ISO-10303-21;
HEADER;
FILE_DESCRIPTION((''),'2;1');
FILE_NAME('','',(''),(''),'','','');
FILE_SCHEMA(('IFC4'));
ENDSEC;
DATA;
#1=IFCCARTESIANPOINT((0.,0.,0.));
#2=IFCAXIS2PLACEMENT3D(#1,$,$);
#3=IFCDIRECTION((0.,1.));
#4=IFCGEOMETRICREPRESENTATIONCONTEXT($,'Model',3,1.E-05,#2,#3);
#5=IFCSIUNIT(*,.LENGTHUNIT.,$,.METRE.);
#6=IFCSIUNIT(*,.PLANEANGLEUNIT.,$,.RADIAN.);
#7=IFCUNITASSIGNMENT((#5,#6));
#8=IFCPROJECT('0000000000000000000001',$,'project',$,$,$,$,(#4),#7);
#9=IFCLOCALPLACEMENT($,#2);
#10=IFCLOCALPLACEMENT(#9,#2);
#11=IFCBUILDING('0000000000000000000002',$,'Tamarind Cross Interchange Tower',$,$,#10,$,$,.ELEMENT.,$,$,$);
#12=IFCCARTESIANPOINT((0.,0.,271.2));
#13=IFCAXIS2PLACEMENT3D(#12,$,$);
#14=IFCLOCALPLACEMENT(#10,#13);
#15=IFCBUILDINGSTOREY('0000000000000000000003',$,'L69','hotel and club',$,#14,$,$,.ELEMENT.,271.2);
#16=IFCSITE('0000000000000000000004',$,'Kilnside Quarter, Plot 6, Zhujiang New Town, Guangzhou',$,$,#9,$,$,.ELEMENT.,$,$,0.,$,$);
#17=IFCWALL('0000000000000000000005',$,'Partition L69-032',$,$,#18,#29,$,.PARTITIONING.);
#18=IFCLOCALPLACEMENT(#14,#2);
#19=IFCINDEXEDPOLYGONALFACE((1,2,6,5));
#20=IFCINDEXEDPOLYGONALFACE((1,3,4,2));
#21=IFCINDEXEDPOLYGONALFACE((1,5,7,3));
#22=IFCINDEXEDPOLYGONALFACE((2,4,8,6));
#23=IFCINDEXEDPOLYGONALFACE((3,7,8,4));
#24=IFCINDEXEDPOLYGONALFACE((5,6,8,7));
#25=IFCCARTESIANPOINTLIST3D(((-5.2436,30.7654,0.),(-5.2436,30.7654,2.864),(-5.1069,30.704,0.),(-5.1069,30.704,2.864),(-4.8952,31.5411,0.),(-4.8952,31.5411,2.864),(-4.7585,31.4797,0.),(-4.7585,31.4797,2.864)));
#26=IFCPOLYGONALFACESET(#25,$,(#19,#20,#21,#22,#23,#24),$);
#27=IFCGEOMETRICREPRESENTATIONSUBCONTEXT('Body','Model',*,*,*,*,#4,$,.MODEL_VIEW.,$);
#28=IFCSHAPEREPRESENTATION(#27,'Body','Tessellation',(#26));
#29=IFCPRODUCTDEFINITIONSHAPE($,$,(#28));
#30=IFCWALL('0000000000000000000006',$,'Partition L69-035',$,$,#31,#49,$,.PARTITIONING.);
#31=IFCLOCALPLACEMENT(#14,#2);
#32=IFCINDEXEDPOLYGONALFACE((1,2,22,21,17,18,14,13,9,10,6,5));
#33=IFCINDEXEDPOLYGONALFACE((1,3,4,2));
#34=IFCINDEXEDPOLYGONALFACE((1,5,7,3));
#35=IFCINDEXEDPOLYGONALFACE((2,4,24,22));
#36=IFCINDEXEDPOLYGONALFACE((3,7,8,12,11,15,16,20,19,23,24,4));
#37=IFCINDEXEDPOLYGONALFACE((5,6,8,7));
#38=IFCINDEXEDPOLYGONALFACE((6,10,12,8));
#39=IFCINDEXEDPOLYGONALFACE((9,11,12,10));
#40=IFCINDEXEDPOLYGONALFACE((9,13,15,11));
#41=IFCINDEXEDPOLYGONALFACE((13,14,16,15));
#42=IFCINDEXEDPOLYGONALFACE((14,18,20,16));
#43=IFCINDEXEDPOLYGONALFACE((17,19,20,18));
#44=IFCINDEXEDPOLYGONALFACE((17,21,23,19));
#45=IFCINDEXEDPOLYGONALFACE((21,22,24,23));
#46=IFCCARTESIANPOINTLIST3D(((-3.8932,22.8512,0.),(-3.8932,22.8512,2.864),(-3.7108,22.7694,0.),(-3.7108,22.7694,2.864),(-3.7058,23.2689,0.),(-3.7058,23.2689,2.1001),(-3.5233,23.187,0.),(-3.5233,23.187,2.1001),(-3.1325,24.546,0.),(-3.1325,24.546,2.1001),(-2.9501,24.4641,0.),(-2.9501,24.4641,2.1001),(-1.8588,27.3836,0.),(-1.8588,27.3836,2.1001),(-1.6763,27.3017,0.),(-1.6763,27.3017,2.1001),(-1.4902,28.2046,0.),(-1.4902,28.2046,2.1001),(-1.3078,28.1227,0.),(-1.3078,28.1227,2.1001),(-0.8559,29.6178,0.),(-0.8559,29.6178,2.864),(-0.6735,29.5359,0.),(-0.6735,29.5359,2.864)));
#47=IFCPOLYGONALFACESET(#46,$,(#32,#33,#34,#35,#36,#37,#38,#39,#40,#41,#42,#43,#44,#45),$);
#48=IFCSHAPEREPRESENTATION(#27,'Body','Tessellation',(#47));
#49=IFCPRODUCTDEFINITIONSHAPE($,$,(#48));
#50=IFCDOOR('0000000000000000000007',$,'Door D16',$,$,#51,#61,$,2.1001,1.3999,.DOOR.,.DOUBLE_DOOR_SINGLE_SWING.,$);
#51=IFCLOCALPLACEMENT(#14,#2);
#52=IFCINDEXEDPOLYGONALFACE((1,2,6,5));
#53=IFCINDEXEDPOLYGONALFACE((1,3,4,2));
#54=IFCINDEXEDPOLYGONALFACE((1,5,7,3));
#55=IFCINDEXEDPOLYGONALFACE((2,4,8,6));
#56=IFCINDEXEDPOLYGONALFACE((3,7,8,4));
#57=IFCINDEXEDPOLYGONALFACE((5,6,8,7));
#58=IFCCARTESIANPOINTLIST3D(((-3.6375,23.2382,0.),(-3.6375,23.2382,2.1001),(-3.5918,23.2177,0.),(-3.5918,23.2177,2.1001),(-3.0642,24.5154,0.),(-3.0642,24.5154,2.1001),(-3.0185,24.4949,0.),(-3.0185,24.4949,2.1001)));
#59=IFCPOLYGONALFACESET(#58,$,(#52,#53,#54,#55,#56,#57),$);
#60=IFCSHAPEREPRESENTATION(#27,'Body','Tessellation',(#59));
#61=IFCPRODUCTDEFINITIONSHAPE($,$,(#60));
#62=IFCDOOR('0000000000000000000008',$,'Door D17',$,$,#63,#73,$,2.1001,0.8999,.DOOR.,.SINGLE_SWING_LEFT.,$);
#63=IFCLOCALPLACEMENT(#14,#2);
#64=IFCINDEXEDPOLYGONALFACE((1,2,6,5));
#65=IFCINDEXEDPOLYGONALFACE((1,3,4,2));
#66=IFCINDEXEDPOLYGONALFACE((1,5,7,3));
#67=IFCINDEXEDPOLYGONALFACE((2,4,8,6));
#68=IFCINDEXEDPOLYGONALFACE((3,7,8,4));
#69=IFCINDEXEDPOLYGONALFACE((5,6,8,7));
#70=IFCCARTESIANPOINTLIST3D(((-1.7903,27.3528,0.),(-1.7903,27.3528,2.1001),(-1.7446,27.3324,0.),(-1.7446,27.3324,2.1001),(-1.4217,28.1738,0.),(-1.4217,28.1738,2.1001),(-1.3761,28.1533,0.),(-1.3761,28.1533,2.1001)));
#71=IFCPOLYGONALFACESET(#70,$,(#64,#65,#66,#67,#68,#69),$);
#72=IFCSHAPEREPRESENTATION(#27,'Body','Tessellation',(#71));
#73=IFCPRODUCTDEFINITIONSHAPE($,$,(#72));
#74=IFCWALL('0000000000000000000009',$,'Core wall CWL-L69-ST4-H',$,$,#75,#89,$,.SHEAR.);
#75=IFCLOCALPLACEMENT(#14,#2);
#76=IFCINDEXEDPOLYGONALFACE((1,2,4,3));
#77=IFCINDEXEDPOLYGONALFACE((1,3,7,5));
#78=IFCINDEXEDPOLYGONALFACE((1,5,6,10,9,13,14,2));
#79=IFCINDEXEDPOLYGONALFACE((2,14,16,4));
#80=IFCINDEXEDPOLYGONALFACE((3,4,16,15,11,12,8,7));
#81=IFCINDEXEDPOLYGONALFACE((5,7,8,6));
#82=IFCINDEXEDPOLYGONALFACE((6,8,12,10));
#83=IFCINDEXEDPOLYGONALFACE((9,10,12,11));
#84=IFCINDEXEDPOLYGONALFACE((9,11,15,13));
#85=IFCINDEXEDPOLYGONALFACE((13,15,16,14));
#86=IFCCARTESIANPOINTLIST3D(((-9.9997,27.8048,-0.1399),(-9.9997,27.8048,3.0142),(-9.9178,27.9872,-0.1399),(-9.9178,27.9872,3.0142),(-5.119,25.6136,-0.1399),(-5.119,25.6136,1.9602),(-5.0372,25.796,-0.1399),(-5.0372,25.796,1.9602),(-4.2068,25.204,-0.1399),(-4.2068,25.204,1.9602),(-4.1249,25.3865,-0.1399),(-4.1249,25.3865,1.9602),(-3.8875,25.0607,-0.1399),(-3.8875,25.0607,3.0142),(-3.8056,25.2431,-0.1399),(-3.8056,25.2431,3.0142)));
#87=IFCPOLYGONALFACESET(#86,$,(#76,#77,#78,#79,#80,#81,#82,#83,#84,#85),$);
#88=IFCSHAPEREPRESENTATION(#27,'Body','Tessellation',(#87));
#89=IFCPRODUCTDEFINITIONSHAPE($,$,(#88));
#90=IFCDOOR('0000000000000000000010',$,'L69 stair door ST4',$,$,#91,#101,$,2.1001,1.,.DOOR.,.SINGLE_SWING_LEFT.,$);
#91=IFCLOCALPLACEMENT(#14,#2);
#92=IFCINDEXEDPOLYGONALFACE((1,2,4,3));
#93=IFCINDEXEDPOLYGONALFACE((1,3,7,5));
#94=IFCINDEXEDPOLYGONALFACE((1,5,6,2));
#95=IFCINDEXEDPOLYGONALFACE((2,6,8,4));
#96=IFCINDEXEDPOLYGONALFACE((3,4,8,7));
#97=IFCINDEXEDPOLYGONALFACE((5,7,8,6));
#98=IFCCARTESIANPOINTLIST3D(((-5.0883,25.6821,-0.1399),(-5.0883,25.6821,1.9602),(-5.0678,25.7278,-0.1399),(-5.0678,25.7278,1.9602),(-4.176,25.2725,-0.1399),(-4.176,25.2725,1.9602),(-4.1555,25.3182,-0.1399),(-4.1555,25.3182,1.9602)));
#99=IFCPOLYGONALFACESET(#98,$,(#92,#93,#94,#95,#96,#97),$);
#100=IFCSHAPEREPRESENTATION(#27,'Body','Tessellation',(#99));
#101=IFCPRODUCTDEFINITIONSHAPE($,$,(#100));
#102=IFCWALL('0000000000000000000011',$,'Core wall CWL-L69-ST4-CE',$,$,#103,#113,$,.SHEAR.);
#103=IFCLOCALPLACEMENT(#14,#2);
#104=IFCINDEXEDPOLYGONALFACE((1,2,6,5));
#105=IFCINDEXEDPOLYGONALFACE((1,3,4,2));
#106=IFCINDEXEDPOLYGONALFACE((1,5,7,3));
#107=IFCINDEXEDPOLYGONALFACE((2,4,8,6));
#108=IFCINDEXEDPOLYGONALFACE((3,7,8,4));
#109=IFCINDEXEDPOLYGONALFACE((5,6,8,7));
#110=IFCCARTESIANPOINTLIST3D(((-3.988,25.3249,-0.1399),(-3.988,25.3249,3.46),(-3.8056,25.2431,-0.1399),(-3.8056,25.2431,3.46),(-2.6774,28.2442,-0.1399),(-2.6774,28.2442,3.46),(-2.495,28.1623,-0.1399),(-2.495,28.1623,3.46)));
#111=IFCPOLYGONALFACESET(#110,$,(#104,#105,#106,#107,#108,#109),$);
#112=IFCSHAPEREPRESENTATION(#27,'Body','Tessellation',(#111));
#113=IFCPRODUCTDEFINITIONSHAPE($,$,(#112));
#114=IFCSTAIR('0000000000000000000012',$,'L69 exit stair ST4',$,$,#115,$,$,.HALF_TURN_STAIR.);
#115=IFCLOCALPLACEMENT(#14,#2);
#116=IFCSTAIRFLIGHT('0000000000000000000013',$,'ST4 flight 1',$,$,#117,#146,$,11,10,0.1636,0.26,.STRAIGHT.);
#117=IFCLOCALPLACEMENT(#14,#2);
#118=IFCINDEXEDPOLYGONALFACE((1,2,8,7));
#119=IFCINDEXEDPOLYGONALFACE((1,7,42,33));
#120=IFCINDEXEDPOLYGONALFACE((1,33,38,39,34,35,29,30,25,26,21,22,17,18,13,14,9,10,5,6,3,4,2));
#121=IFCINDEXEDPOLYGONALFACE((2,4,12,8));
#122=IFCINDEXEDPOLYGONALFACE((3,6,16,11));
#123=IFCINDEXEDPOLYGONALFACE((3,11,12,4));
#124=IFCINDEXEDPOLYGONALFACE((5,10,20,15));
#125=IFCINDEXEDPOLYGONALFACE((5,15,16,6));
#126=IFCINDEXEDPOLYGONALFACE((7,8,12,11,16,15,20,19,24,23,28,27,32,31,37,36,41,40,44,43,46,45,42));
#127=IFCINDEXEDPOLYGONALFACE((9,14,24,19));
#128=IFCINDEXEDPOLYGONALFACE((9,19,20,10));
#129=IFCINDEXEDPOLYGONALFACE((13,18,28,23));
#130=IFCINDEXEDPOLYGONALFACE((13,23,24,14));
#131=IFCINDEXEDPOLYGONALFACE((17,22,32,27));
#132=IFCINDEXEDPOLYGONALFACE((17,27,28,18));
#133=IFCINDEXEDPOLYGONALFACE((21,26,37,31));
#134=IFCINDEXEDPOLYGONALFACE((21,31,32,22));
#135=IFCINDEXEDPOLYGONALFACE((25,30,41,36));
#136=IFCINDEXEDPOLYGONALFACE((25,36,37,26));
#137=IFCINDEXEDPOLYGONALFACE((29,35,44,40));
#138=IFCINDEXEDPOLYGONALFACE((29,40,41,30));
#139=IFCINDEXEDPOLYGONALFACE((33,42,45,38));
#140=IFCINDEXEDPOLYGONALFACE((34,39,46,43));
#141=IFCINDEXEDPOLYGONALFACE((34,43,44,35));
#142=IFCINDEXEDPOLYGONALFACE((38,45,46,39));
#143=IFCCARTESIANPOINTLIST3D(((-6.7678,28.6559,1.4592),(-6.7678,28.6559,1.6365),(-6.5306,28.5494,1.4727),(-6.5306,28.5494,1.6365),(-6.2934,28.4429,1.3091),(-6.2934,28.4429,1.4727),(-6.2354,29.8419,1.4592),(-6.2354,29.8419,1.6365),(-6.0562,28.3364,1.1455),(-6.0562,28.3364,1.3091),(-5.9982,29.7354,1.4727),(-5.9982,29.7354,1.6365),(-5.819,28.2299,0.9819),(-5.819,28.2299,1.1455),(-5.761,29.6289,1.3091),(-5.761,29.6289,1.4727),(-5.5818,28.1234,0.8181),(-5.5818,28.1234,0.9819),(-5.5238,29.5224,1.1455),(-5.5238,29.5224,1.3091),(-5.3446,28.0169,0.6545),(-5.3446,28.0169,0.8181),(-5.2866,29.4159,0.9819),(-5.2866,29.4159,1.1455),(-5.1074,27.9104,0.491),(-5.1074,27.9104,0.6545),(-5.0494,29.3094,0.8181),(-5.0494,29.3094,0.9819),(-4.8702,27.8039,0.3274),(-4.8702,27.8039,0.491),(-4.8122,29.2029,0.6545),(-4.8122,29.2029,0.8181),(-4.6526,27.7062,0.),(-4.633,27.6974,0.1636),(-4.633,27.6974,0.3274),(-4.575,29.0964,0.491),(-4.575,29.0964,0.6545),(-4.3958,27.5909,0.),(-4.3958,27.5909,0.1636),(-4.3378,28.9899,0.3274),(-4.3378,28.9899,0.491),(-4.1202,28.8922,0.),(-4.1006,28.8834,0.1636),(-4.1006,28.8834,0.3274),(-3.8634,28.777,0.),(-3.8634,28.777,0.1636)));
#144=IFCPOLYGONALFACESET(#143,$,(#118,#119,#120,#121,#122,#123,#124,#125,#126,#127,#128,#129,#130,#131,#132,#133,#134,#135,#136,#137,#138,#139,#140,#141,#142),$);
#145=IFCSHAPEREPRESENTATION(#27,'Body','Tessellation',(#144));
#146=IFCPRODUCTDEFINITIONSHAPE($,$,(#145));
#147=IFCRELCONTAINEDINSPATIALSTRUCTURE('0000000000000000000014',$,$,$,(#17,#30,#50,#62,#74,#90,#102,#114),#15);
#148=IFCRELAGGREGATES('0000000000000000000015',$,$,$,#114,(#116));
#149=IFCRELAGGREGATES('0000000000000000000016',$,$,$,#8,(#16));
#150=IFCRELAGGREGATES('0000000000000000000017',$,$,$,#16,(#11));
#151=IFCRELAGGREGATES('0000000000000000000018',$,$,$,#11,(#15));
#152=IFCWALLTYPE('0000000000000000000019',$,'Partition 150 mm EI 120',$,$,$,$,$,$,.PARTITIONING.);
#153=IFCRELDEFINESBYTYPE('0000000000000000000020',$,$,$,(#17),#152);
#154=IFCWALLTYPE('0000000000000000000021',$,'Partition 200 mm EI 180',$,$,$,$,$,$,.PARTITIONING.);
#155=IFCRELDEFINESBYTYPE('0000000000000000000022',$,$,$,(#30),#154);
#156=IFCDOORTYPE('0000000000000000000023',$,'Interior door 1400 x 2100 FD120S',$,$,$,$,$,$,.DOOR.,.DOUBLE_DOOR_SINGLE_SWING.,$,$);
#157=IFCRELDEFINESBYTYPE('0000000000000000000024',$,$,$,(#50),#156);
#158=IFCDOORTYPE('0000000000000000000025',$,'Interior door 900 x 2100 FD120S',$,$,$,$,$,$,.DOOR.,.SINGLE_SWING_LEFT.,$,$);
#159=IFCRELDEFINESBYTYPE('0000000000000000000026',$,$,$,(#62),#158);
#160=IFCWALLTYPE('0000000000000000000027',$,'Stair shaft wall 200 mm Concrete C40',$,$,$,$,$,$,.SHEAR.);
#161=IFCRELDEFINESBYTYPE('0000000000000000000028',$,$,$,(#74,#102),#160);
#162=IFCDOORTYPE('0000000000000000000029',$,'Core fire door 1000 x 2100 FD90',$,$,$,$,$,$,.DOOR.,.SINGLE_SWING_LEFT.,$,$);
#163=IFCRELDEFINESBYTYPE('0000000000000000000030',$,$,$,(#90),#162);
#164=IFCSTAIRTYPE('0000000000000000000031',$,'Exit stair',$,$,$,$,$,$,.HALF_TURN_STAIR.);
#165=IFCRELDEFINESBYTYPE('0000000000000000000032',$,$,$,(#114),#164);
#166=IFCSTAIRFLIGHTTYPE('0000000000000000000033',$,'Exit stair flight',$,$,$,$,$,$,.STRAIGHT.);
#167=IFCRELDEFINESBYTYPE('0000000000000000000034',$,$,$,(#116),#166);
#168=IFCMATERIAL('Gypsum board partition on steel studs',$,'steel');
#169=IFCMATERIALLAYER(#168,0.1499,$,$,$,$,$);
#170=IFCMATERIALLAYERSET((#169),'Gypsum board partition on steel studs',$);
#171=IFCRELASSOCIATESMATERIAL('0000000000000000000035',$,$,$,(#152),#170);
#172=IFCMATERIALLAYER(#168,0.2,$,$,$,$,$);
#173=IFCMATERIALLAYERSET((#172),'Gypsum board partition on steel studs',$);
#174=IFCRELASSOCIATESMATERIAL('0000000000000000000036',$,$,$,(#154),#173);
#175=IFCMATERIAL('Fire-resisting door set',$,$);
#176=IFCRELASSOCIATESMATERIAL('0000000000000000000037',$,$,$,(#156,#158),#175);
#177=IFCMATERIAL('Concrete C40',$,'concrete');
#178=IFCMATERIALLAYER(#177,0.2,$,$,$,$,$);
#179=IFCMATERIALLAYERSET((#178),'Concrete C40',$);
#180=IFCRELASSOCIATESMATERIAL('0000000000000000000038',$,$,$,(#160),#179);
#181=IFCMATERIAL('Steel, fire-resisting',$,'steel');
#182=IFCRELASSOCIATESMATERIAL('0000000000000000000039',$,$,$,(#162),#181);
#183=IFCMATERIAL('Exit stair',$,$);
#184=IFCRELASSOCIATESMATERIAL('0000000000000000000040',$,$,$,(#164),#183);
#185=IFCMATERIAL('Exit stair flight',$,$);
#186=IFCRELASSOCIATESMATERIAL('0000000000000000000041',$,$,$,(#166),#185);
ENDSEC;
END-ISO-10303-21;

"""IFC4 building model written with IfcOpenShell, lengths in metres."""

from ifc_helpers import new_model, si_unit, direction, frame, frame_2d, origin, place, context, subcontext, project, spatial, polyline, rectangle, outline, extrude, material, layer, layer_set, type_object, element, fill, aggregate, save


model = new_model("IFC4")

# Units and contexts
model_context = context("Model", 3, precision=1e-05, world=origin(), true_north=direction((0.0, 1.0)))
body_context = subcontext(model_context, "Body", "Model", "MODEL_VIEW")
ifc_project = project(units=[si_unit("LENGTHUNIT", "METRE"), si_unit("PLANEANGLEUNIT", "RADIAN")], contexts=[model_context])

# Site, building, storey
site_placement = place(None, origin())
site = spatial("IfcSite", under=ifc_project, at=site_placement, Name="Kilnside Quarter, Plot 6, Zhujiang New Town, Guangzhou", CompositionType="ELEMENT", RefElevation=0.0)
building_placement = place(site_placement, origin())
building = spatial("IfcBuilding", under=site, at=building_placement, Name="Tamarind Cross Interchange Tower", CompositionType="ELEMENT")
storey_placement = place(building_placement, frame((0.0, 0.0, 271.2)))
storey = spatial("IfcBuildingStorey", under=building, at=storey_placement, Name="L69", Description="hotel and club", CompositionType="ELEMENT", Elevation=271.2)

# Shared definitions
ifc_material_1 = material(Name="Gypsum board partition on steel studs", Category="steel")
ifc_layer_1 = layer(ifc_material_1, 0.1499)
ifc_layer_set_1 = layer_set([ifc_layer_1], Name="Gypsum board partition on steel studs")
wall_type_1 = type_object("IfcWallType", Name="Partition 150 mm EI 120", PredefinedType="PARTITIONING", material=ifc_layer_set_1)
ifc_material_2 = material(Name="Fire-resisting door set")

# Wall
wall_1_placement = place(storey_placement, frame((-5.1753, 30.7346, 0.0), z_axis=(0.0, 0.0, 1.0), x_axis=(0.409732, 0.912206, 0.0)))
element("IfcWall", 1, at=wall_1_placement, inside=storey, type_object=wall_type_1, Name="Partition L69-032", PredefinedType="PARTITIONING", context=body_context, shape_type="SweptSolid", body=[
    extrude(rectangle(XDim=0.8503, YDim=0.1499, at=frame_2d((0.4253, 0.0))), origin(), (0.0, 0.0, 1.0), 2.864),
])

# Wall, openings, doors
ifc_layer_2 = layer(ifc_material_1, 0.2)
ifc_layer_set_2 = layer_set([ifc_layer_2], Name="Gypsum board partition on steel studs")
wall_type_2 = type_object("IfcWallType", Name="Partition 200 mm EI 180", PredefinedType="PARTITIONING", material=ifc_layer_set_2)
wall_2_placement = place(storey_placement, frame((-3.802, 22.8103, 0.0), z_axis=(0.0, 0.0, 1.0), x_axis=(0.40951, 0.912305, 0.0)))
wall_2 = element("IfcWall", 2, at=wall_2_placement, inside=storey, type_object=wall_type_2, Name="Partition L69-035", PredefinedType="PARTITIONING", context=body_context, shape_type="SweptSolid", body=[
    extrude(rectangle(XDim=7.417, YDim=0.2, at=frame_2d((3.7085, 0.0))), origin(), (0.0, 0.0, 1.0), 2.864),
])
opening_1_placement = place(wall_2_placement, frame((0.4578, 0.0, 0.0)))
opening_1 = element("IfcOpeningElement", 3, at=opening_1_placement, cuts=wall_2, PredefinedType="OPENING", context=body_context, shape_type="SweptSolid", body=[
    extrude(rectangle(XDim=1.3999, YDim=2.1001, at=frame_2d((0.7, 1.05))), frame((0.0, 0.1099, 0.0), z_axis=(0.0, -1.0, 0.0), x_axis=(1.0, 0.0, 0.0)), (0.0, 0.0, 1.0), 0.22),
])
opening_2_placement = place(wall_2_placement, frame((4.968, 0.0, 0.0)))
opening_2 = element("IfcOpeningElement", 4, at=opening_2_placement, cuts=wall_2, PredefinedType="OPENING", context=body_context, shape_type="SweptSolid", body=[
    extrude(rectangle(XDim=0.8999, YDim=2.1001, at=frame_2d((0.45, 1.05))), frame((0.0, 0.1099, 0.0), z_axis=(0.0, -1.0, 0.0), x_axis=(1.0, 0.0, 0.0)), (0.0, 0.0, 1.0), 0.22),
])
door_type_1 = type_object("IfcDoorType", Name="Interior door 1400 x 2100 FD120S", OperationType="DOUBLE_DOOR_SINGLE_SWING", PredefinedType="DOOR", material=ifc_material_2)
door_1_placement = place(opening_1_placement, frame((1.3999, 0.0, 0.0), z_axis=(0.0, 0.0, 1.0), x_axis=(-1.0, 0.0, 0.0)))
door_1 = element("IfcDoor", 5, at=door_1_placement, inside=storey, type_object=door_type_1, Name="Door D16", OperationType="DOUBLE_DOOR_SINGLE_SWING", OverallHeight=2.1001, OverallWidth=1.3999, PredefinedType="DOOR", context=body_context, shape_type="SweptSolid", body=[
    extrude(rectangle(XDim=1.3999, YDim=2.1001, at=frame_2d((0.7, 1.05))), frame((0.0, 0.0249, 0.0), z_axis=(0.0, -1.0, 0.0), x_axis=(1.0, 0.0, 0.0)), (0.0, 0.0, 1.0), 0.05),
])
fill(opening_1, door_1)
door_type_2 = type_object("IfcDoorType", Name="Interior door 900 x 2100 FD120S", OperationType="SINGLE_SWING_LEFT", PredefinedType="DOOR", material=ifc_material_2)
door_2_placement = place(opening_2_placement, origin())
door_2 = element("IfcDoor", 6, at=door_2_placement, inside=storey, type_object=door_type_2, Name="Door D17", OperationType="SINGLE_SWING_LEFT", OverallHeight=2.1001, OverallWidth=0.8999, PredefinedType="DOOR", context=body_context, shape_type="SweptSolid", body=[
    extrude(rectangle(XDim=0.8999, YDim=2.1001, at=frame_2d((0.45, 1.05))), frame((0.0, 0.0249, 0.0), z_axis=(0.0, -1.0, 0.0), x_axis=(1.0, 0.0, 0.0)), (0.0, 0.0, 1.0), 0.05),
])
fill(opening_2, door_2)

# Wall, opening, door
ifc_material_3 = material(Name="Concrete C40", Category="concrete")
ifc_layer_3 = layer(ifc_material_3, 0.2)
ifc_layer_set_3 = layer_set([ifc_layer_3], Name="Concrete C40")
wall_type_3 = type_object("IfcWallType", Name="Stair shaft wall 200 mm Concrete C40", PredefinedType="SHEAR", material=ifc_layer_set_3)
wall_3_placement = place(storey_placement, frame((-3.8464, 25.1519, -0.1399), z_axis=(0.0, 0.0, 1.0), x_axis=(-0.912278, 0.409571, 0.0)))
wall_3 = element("IfcWall", 7, at=wall_3_placement, inside=storey, type_object=wall_type_3, Name="Core wall CWL-L69-ST4-H", PredefinedType="SHEAR", context=body_context, shape_type="SweptSolid", body=[
    extrude(rectangle(XDim=6.7, YDim=0.2, at=frame_2d((3.3501, 0.0))), origin(), (0.0, 0.0, 1.0), 3.1541),
])
opening_3_placement = place(wall_3_placement, frame((0.3501, 0.0, 0.0)))
opening_3 = element("IfcOpeningElement", 8, at=opening_3_placement, cuts=wall_3, PredefinedType="OPENING", context=body_context, shape_type="SweptSolid", body=[
    extrude(rectangle(XDim=1.0, YDim=2.1001, at=frame_2d((0.5, 1.05))), frame((0.0, 0.1099, 0.0), z_axis=(0.0, -1.0, 0.0), x_axis=(1.0, 0.0, 0.0)), (0.0, 0.0, 1.0), 0.22),
])
ifc_material_4 = material(Name="Steel, fire-resisting", Category="steel")
door_type_3 = type_object("IfcDoorType", Name="Core fire door 1000 x 2100 FD90", OperationType="SINGLE_SWING_LEFT", PredefinedType="DOOR", material=ifc_material_4)
door_3_placement = place(opening_3_placement, origin())
door_3 = element("IfcDoor", 9, at=door_3_placement, inside=storey, type_object=door_type_3, Name="L69 stair door ST4", OperationType="SINGLE_SWING_LEFT", OverallHeight=2.1001, OverallWidth=1.0, PredefinedType="DOOR", context=body_context, shape_type="SweptSolid", body=[
    extrude(rectangle(XDim=1.0, YDim=2.1001, at=frame_2d((0.5, 1.05))), frame((0.0, 0.0249, 0.0), z_axis=(0.0, -1.0, 0.0), x_axis=(1.0, 0.0, 0.0)), (0.0, 0.0, 1.0), 0.05),
])
fill(opening_3, door_3)

# Wall
wall_4_placement = place(storey_placement, frame((-2.5862, 28.2034, -0.1399), z_axis=(0.0, 0.0, 1.0), x_axis=(-0.409562, -0.912282, 0.0)))
element("IfcWall", 10, at=wall_4_placement, inside=storey, type_object=wall_type_3, Name="Core wall CWL-L69-ST4-CE", PredefinedType="SHEAR", context=body_context, shape_type="SweptSolid", body=[
    extrude(rectangle(XDim=3.2, YDim=0.2, at=frame_2d((1.6001, 0.0))), origin(), (0.0, 0.0, 1.0), 3.5999),
])

# Stair, stair flight
ifc_material_5 = material(Name="Exit stair")
stair_type = type_object("IfcStairType", Name="Exit stair", PredefinedType="HALF_TURN_STAIR", material=ifc_material_5)
stair_placement = place(storey_placement, origin())
stair = element("IfcStair", 11, at=stair_placement, inside=storey, type_object=stair_type, Name="L69 exit stair ST4", PredefinedType="HALF_TURN_STAIR")
ifc_material_6 = material(Name="Exit stair flight")
stair_flight_type = type_object("IfcStairFlightType", Name="Exit stair flight", PredefinedType="STRAIGHT", material=ifc_material_6)
stair_flight_placement = place(storey_placement, frame((-4.1296, 28.1838, 0.0), z_axis=(0.0, 0.0, 1.0), x_axis=(-0.91228, 0.409566, 0.0)))
stair_flight = element("IfcStairFlight", 12, at=stair_flight_placement, type_object=stair_flight_type, Name="ST4 flight 1", NumberOfRisers=11, NumberOfTreads=10, PredefinedType="STRAIGHT", RiserHeight=0.1636, TreadLength=0.26, context=body_context, shape_type="SweptSolid", body=[
    extrude(outline(polyline([(0.0, 0.0), (0.0, 0.1636), (0.26, 0.1636), (0.26, 0.3274), (0.52, 0.3274), (0.52, 0.491), (0.78, 0.491), (0.78, 0.6545), (1.04, 0.6545), (1.04, 0.8181), (1.3, 0.8181), (1.3, 0.9819), (1.5601, 0.9819), (1.5601, 1.1455), (1.8201, 1.1455), (1.8201, 1.3091), (2.0801, 1.3091), (2.0801, 1.4727), (2.3401, 1.4727), (2.3401, 1.6365), (2.6001, 1.6365), (2.6001, 1.8), (2.6001, 1.4592), (0.2815, 0.0), (0.0, 0.0)])), frame((0.0, 0.6499, 0.0), z_axis=(0.0, -1.0, 0.0), x_axis=(1.0, 0.0, 0.0)), (0.0, 0.0, 1.0), 1.3),
])
aggregate(stair, [stair_flight])

save(model, "model.ifc")
